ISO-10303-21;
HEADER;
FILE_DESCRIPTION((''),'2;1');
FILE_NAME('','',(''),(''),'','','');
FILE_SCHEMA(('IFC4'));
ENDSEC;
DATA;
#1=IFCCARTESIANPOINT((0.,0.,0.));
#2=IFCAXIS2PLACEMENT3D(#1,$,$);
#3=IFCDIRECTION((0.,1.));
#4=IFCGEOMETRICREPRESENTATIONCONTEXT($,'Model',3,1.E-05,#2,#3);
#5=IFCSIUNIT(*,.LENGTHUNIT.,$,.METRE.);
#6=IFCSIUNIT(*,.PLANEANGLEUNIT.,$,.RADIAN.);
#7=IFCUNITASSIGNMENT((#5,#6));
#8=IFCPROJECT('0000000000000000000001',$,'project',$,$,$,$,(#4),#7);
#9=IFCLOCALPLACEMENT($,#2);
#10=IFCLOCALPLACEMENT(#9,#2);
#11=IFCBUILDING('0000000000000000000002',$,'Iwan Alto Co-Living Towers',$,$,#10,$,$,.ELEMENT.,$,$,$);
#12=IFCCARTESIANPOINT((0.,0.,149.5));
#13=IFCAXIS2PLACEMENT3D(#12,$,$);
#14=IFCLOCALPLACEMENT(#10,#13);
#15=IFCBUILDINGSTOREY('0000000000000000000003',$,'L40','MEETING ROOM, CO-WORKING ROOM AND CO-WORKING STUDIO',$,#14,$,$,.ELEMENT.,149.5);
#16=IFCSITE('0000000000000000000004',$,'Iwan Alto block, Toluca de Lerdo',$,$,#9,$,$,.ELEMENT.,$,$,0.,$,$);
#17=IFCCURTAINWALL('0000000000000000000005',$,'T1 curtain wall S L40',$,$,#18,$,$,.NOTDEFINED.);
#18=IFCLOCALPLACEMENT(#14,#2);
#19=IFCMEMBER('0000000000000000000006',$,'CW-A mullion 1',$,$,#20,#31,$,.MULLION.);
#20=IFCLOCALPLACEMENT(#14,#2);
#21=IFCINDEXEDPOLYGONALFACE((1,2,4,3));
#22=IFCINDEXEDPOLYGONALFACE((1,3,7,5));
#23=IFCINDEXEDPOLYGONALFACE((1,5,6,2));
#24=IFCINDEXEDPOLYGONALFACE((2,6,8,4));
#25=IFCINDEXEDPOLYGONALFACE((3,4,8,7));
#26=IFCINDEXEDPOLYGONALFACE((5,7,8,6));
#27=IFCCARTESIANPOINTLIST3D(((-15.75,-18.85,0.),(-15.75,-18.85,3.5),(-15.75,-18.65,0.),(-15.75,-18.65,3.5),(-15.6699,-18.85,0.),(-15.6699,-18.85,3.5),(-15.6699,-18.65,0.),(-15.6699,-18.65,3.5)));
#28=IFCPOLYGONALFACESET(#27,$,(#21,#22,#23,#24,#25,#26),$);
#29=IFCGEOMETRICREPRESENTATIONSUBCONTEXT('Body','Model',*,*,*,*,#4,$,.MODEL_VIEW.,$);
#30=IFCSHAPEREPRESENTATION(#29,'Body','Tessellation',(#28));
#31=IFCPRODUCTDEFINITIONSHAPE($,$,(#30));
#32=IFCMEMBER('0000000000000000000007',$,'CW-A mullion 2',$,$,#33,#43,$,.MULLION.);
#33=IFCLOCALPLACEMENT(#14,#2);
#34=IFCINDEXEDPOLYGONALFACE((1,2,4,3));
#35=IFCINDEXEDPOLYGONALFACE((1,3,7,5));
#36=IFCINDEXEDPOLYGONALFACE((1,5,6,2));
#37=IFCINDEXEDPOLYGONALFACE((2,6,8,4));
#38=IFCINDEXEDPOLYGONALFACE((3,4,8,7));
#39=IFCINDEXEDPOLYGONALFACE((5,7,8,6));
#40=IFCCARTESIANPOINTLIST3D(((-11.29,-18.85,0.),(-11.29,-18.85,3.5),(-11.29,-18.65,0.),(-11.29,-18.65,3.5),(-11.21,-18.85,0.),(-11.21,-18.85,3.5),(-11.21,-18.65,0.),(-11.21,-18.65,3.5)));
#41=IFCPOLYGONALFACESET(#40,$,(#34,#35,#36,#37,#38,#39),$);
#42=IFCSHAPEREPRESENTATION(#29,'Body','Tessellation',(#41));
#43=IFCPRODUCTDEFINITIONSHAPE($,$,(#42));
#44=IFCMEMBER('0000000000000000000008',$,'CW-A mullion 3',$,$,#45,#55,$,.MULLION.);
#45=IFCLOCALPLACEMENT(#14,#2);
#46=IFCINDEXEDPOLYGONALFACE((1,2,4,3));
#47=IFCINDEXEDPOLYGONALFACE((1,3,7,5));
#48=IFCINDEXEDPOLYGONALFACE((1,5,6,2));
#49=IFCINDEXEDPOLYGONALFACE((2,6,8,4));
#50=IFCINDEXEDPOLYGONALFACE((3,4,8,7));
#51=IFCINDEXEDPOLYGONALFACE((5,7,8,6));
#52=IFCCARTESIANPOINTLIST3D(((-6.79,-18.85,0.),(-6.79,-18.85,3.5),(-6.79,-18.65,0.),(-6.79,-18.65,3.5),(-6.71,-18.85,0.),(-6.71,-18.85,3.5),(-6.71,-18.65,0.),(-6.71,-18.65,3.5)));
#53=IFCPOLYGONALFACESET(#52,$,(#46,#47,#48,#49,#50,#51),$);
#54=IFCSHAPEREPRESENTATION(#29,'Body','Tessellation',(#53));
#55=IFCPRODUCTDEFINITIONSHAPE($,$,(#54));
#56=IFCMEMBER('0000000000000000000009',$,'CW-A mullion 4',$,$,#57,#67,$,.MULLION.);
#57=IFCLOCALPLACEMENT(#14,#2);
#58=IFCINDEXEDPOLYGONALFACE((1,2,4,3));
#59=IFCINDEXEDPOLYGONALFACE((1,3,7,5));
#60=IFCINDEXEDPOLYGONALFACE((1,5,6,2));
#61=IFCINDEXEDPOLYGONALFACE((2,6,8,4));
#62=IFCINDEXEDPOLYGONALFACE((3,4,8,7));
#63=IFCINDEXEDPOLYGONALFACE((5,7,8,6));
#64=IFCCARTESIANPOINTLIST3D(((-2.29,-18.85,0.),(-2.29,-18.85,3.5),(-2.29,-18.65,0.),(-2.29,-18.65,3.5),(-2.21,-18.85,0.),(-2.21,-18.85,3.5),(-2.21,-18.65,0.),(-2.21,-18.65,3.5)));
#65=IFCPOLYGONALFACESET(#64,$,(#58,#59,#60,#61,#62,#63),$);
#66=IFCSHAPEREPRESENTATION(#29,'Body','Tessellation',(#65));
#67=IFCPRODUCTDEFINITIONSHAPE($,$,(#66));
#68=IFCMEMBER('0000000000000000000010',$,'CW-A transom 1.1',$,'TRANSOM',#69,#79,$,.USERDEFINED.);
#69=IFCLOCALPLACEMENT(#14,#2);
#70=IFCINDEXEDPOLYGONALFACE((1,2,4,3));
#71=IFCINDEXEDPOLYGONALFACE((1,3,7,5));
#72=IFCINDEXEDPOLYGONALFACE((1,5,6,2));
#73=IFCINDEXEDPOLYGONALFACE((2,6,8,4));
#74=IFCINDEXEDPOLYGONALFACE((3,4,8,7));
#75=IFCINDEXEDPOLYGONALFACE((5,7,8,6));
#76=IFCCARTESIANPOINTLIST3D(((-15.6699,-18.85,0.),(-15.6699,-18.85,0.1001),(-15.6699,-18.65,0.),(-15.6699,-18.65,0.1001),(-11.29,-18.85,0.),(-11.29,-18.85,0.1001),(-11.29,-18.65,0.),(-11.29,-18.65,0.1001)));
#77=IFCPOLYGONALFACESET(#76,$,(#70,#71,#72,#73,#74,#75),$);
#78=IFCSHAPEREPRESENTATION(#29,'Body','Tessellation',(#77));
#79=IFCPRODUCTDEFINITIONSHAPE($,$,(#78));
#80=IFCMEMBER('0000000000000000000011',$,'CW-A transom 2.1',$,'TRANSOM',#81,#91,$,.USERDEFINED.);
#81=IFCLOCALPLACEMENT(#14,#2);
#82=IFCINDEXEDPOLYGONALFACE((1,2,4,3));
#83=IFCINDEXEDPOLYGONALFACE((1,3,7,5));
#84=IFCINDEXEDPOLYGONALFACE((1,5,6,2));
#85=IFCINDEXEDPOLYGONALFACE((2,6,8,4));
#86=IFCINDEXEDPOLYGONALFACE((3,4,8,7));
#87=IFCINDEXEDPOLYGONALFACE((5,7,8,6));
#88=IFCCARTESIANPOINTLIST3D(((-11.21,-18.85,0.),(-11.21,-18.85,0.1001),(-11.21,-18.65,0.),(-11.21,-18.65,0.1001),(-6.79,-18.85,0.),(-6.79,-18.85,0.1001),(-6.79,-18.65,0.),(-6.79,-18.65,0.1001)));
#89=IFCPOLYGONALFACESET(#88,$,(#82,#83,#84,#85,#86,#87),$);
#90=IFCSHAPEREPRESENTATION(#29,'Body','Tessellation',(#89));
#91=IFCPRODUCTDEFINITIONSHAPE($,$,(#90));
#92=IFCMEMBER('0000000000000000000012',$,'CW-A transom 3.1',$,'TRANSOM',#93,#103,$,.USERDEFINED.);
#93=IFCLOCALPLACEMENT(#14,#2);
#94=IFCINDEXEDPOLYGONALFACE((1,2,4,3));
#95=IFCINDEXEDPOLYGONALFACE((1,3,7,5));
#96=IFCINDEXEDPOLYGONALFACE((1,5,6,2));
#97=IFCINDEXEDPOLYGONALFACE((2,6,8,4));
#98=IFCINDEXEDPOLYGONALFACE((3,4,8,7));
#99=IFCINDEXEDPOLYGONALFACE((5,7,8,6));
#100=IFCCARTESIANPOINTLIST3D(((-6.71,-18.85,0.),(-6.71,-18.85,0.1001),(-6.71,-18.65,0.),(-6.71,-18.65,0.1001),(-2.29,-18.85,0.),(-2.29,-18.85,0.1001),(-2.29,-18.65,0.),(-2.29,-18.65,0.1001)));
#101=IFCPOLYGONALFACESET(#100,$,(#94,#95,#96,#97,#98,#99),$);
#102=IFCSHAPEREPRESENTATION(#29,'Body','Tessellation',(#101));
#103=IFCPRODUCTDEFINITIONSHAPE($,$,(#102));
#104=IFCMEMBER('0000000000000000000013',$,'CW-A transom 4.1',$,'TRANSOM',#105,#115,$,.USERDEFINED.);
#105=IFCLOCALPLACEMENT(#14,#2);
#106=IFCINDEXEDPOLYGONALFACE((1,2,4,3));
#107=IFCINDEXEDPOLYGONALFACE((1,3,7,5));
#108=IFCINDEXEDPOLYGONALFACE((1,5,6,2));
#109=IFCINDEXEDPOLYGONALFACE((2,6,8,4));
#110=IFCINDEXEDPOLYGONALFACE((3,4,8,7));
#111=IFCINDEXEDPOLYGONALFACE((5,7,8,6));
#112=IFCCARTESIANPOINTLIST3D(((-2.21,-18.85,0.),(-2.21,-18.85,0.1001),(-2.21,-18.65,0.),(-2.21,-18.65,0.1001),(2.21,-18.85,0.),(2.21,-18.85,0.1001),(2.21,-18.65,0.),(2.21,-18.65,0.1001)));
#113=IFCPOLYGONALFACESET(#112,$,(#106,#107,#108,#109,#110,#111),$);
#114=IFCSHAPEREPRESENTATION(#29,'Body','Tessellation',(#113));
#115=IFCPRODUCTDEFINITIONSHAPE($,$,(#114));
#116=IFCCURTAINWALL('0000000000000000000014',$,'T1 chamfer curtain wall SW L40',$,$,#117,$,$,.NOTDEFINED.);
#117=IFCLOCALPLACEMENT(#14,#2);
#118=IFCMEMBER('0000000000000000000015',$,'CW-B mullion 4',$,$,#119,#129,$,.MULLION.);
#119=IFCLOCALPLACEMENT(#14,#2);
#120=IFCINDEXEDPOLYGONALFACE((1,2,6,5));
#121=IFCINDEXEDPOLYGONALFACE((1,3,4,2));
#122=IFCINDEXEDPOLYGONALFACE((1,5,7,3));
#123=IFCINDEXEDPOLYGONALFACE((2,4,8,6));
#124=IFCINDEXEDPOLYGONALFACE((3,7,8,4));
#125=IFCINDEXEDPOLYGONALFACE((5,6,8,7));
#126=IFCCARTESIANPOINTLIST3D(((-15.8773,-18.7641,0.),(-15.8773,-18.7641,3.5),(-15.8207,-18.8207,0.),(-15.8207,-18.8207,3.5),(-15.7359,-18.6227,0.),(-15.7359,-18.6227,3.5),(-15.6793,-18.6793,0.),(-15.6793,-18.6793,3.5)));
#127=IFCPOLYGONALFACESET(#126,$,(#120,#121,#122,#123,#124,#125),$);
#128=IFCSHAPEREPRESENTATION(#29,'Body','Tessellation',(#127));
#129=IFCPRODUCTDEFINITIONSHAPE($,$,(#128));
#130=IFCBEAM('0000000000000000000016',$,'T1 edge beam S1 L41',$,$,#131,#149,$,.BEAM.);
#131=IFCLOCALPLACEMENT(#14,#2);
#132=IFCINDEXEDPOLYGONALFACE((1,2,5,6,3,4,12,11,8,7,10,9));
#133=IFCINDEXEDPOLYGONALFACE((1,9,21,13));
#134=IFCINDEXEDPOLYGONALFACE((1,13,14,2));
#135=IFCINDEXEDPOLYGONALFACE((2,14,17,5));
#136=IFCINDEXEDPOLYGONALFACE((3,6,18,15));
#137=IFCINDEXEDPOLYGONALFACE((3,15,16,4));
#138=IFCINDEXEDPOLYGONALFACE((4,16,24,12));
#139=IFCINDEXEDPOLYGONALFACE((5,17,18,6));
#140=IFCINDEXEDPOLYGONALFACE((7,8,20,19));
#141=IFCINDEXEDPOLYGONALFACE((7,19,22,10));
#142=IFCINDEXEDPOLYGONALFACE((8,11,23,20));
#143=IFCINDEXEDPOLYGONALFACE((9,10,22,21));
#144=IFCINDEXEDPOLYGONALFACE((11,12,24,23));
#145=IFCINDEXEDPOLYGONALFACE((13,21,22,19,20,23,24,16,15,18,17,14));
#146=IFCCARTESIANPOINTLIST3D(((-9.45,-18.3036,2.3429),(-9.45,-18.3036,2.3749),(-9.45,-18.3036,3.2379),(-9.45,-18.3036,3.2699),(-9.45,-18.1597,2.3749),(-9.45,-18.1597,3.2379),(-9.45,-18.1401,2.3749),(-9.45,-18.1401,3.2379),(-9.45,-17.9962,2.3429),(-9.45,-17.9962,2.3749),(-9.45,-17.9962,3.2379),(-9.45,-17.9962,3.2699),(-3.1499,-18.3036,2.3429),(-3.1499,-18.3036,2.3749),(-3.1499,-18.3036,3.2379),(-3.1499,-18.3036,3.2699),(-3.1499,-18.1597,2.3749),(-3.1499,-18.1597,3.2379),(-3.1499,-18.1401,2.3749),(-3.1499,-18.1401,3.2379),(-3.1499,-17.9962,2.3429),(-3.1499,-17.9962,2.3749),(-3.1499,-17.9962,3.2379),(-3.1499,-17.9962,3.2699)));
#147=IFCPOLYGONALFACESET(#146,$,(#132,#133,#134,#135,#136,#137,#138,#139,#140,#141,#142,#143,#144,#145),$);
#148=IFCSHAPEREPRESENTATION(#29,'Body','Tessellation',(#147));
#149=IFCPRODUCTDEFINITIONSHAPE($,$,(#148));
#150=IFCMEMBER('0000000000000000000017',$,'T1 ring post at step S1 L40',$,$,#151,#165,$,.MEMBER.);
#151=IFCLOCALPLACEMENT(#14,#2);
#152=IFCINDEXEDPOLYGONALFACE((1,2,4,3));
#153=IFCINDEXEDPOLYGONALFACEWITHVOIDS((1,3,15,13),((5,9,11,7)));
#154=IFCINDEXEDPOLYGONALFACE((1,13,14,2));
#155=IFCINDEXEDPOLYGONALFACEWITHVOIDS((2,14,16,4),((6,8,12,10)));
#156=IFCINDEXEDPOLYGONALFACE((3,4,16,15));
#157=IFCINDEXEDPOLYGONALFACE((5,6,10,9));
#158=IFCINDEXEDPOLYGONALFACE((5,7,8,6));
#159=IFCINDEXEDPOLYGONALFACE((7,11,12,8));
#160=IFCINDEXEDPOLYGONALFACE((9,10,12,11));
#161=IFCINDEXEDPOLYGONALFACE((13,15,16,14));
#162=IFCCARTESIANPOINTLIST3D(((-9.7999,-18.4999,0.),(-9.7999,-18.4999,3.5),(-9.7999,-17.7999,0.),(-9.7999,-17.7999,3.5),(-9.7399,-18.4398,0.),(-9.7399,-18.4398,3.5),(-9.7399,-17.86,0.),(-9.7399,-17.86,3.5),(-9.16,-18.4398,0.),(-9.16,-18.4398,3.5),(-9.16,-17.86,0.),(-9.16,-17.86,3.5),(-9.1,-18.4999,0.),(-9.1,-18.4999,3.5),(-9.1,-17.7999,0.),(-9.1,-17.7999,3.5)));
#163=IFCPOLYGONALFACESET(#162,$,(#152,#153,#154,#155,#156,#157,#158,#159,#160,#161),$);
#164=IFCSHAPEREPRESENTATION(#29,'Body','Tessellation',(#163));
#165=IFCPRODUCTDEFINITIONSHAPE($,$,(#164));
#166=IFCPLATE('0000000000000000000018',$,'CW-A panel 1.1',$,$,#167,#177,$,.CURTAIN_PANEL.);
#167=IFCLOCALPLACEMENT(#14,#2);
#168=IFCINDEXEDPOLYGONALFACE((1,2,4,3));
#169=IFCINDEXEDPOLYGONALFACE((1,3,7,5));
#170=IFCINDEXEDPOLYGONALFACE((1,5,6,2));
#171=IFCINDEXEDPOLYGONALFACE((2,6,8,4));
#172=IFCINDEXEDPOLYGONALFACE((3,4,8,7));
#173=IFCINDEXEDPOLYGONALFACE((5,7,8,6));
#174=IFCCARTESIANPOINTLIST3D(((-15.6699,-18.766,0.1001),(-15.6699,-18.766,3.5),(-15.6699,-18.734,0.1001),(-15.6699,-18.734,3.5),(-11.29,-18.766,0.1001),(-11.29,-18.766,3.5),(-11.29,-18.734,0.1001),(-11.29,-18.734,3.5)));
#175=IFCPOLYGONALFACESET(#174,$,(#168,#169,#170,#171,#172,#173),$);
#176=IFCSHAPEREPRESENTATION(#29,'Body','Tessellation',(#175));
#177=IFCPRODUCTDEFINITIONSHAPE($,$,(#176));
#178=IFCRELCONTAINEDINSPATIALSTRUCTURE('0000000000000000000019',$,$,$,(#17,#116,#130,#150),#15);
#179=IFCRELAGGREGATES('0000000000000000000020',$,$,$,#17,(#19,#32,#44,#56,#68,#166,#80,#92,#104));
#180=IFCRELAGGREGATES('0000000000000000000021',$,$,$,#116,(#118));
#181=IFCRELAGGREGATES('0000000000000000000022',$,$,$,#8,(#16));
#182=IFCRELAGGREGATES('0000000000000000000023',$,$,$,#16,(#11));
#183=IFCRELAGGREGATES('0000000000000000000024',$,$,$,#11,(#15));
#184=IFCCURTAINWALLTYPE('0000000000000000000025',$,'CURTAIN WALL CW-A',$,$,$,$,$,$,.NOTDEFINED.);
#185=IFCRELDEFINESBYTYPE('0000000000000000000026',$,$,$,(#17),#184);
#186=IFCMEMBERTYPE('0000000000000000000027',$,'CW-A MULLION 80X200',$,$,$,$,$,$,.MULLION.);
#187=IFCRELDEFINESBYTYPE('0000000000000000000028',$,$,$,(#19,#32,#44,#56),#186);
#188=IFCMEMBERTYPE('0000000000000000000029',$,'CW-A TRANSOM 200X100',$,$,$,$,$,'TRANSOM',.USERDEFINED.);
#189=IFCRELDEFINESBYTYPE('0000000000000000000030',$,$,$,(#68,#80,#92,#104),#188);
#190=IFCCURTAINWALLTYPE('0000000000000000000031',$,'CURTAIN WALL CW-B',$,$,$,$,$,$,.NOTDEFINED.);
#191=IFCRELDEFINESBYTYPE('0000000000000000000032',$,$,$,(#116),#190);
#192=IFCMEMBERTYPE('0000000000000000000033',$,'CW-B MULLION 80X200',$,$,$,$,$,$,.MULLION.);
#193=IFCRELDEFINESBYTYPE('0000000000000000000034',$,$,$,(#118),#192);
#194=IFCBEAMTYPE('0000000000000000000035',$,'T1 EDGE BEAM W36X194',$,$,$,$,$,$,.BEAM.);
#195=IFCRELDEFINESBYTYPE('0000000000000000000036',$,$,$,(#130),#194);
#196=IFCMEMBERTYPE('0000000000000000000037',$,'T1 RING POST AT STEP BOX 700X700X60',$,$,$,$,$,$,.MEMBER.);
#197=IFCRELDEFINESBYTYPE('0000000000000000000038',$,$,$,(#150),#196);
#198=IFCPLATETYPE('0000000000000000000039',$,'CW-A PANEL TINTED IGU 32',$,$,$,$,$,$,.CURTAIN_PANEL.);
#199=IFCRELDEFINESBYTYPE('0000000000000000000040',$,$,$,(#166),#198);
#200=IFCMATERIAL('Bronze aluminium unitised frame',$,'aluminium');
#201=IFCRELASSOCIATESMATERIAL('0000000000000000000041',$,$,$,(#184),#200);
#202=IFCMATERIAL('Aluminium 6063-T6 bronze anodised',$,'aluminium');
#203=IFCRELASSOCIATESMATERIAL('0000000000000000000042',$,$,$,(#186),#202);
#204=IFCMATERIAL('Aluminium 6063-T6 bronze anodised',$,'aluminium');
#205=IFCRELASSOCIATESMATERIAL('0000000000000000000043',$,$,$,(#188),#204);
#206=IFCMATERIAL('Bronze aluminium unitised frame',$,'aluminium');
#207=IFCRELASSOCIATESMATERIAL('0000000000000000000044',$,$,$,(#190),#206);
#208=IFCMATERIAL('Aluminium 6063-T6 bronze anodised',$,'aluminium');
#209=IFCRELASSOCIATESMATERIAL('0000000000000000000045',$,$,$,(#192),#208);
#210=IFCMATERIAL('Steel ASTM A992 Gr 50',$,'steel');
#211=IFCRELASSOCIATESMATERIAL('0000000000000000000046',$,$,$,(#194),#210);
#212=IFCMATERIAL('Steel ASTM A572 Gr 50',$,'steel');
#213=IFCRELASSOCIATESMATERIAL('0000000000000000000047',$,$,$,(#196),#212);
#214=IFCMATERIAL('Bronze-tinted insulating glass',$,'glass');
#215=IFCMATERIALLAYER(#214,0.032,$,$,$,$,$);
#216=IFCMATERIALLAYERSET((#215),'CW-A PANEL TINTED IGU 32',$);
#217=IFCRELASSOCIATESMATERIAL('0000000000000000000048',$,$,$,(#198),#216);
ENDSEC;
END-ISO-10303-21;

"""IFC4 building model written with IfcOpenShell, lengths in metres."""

from ifc_helpers import new_model, si_unit, direction, frame, origin, origin_2d, place, context, subcontext, project, spatial, rectangle, hollow_rectangle, i_section, extrude, material, layer, layer_set, material_profile, profile_set, type_object, element, aggregate, save


model = new_model("IFC4")

# Units and contexts
model_context = context("Model", 3, precision=1e-05, world=origin(), true_north=direction((0.0, 1.0)))
body_context = subcontext(model_context, "Body", "Model", "MODEL_VIEW")
ifc_project = project(units=[si_unit("LENGTHUNIT", "METRE"), si_unit("PLANEANGLEUNIT", "RADIAN")], contexts=[model_context])

# Site, building, storey
site_placement = place(None, origin())
site = spatial("IfcSite", under=ifc_project, at=site_placement, Name="Iwan Alto block, Toluca de Lerdo", CompositionType="ELEMENT", RefElevation=0.0)
building_placement = place(site_placement, origin())
building = spatial("IfcBuilding", under=site, at=building_placement, Name="Iwan Alto Co-Living Towers", CompositionType="ELEMENT")
storey_placement = place(building_placement, frame((0.0, 0.0, 149.5)))
storey = spatial("IfcBuildingStorey", under=building, at=storey_placement, Name="L40", Description="MEETING ROOM, CO-WORKING ROOM AND CO-WORKING STUDIO", CompositionType="ELEMENT", Elevation=149.5)

# Curtain wall, members
ifc_material_1 = material(Name="Bronze aluminium unitised frame", Category="aluminium")
curtain_wall_type_1 = type_object("IfcCurtainWallType", Name="CURTAIN WALL CW-A", PredefinedType="NOTDEFINED", material=ifc_material_1)
curtain_wall_1_placement = place(storey_placement, origin())
curtain_wall_1 = element("IfcCurtainWall", 1, at=curtain_wall_1_placement, inside=storey, type_object=curtain_wall_type_1, Name="T1 curtain wall S L40", PredefinedType="NOTDEFINED")
ifc_material_2 = material(Name="Aluminium 6063-T6 bronze anodised", Category="aluminium")
ifc_material_profile_1 = material_profile(ifc_material_2, rectangle(XDim=0.2, YDim=0.0801, at=origin_2d()), Name="AL 80X200")
ifc_profile_set_1 = profile_set([ifc_material_profile_1], Name="Aluminium 6063-T6 bronze anodised")
member_type_1 = type_object("IfcMemberType", Name="CW-A MULLION 80X200", PredefinedType="MULLION", material=ifc_profile_set_1)
member_1_placement = place(storey_placement, frame((-15.71, -18.75, 0.0), z_axis=(0.0, 0.0, 1.0), x_axis=(0.0, 1.0, 0.0)))
member_1 = element("IfcMember", 2, at=member_1_placement, type_object=member_type_1, Name="CW-A mullion 1", PredefinedType="MULLION", context=body_context, shape_type="SweptSolid", body=[
    extrude(rectangle(XDim=0.2, YDim=0.0801, at=origin_2d()), origin(), (0.0, 0.0, 1.0), 3.5),
])
member_2_placement = place(storey_placement, frame((-11.25, -18.75, 0.0), z_axis=(0.0, 0.0, 1.0), x_axis=(0.0, 1.0, 0.0)))
member_2 = element("IfcMember", 3, at=member_2_placement, type_object=member_type_1, Name="CW-A mullion 2", PredefinedType="MULLION", context=body_context, shape_type="SweptSolid", body=[
    extrude(rectangle(XDim=0.2, YDim=0.0801, at=origin_2d()), origin(), (0.0, 0.0, 1.0), 3.5),
])
member_3_placement = place(storey_placement, frame((-6.75, -18.75, 0.0), z_axis=(0.0, 0.0, 1.0), x_axis=(0.0, 1.0, 0.0)))
member_3 = element("IfcMember", 4, at=member_3_placement, type_object=member_type_1, Name="CW-A mullion 3", PredefinedType="MULLION", context=body_context, shape_type="SweptSolid", body=[
    extrude(rectangle(XDim=0.2, YDim=0.0801, at=origin_2d()), origin(), (0.0, 0.0, 1.0), 3.5),
])
member_4_placement = place(storey_placement, frame((-2.25, -18.75, 0.0), z_axis=(0.0, 0.0, 1.0), x_axis=(0.0, 1.0, 0.0)))
member_4 = element("IfcMember", 5, at=member_4_placement, type_object=member_type_1, Name="CW-A mullion 4", PredefinedType="MULLION", context=body_context, shape_type="SweptSolid", body=[
    extrude(rectangle(XDim=0.2, YDim=0.0801, at=origin_2d()), origin(), (0.0, 0.0, 1.0), 3.5),
])
ifc_material_3 = material(Name="Aluminium 6063-T6 bronze anodised", Category="aluminium")
ifc_material_profile_2 = material_profile(ifc_material_3, rectangle(XDim=0.2, YDim=0.1001, at=origin_2d()), Name="AL 200X100")
ifc_profile_set_2 = profile_set([ifc_material_profile_2], Name="Aluminium 6063-T6 bronze anodised")
member_type_2 = type_object("IfcMemberType", Name="CW-A TRANSOM 200X100", ElementType="TRANSOM", PredefinedType="USERDEFINED", material=ifc_profile_set_2)
member_5_placement = place(storey_placement, frame((-15.6699, -18.75, 0.05), z_axis=(1.0, 0.0, 0.0), x_axis=(0.0, 1.0, 0.0)))
member_5 = element("IfcMember", 6, at=member_5_placement, type_object=member_type_2, Name="CW-A transom 1.1", ObjectType="TRANSOM", PredefinedType="USERDEFINED", context=body_context, shape_type="SweptSolid", body=[
    extrude(rectangle(XDim=0.2, YDim=0.1001, at=origin_2d()), origin(), (0.0, 0.0, 1.0), 4.3799),
])
member_6_placement = place(storey_placement, frame((-11.21, -18.75, 0.05), z_axis=(1.0, 0.0, 0.0), x_axis=(0.0, 1.0, 0.0)))
member_6 = element("IfcMember", 7, at=member_6_placement, type_object=member_type_2, Name="CW-A transom 2.1", ObjectType="TRANSOM", PredefinedType="USERDEFINED", context=body_context, shape_type="SweptSolid", body=[
    extrude(rectangle(XDim=0.2, YDim=0.1001, at=origin_2d()), origin(), (0.0, 0.0, 1.0), 4.4199),
])
member_7_placement = place(storey_placement, frame((-6.71, -18.75, 0.05), z_axis=(1.0, 0.0, 0.0), x_axis=(0.0, 1.0, 0.0)))
member_7 = element("IfcMember", 8, at=member_7_placement, type_object=member_type_2, Name="CW-A transom 3.1", ObjectType="TRANSOM", PredefinedType="USERDEFINED", context=body_context, shape_type="SweptSolid", body=[
    extrude(rectangle(XDim=0.2, YDim=0.1001, at=origin_2d()), origin(), (0.0, 0.0, 1.0), 4.4199),
])
member_8_placement = place(storey_placement, frame((-2.21, -18.75, 0.05), z_axis=(1.0, 0.0, 0.0), x_axis=(0.0, 1.0, 0.0)))
member_8 = element("IfcMember", 9, at=member_8_placement, type_object=member_type_2, Name="CW-A transom 4.1", ObjectType="TRANSOM", PredefinedType="USERDEFINED", context=body_context, shape_type="SweptSolid", body=[
    extrude(rectangle(XDim=0.2, YDim=0.1001, at=origin_2d()), origin(), (0.0, 0.0, 1.0), 4.4199),
])

# Curtain wall, member
ifc_material_4 = material(Name="Bronze aluminium unitised frame", Category="aluminium")
curtain_wall_type_2 = type_object("IfcCurtainWallType", Name="CURTAIN WALL CW-B", PredefinedType="NOTDEFINED", material=ifc_material_4)
curtain_wall_2_placement = place(storey_placement, origin())
curtain_wall_2 = element("IfcCurtainWall", 10, at=curtain_wall_2_placement, inside=storey, type_object=curtain_wall_type_2, Name="T1 chamfer curtain wall SW L40", PredefinedType="NOTDEFINED")
ifc_material_5 = material(Name="Aluminium 6063-T6 bronze anodised", Category="aluminium")
ifc_material_profile_3 = material_profile(ifc_material_5, rectangle(XDim=0.2, YDim=0.0801, at=origin_2d()), Name="AL 80X200")
ifc_profile_set_3 = profile_set([ifc_material_profile_3], Name="Aluminium 6063-T6 bronze anodised")
member_type_3 = type_object("IfcMemberType", Name="CW-B MULLION 80X200", PredefinedType="MULLION", material=ifc_profile_set_3)
member_9_placement = place(storey_placement, frame((-15.7783, -18.7217, 0.0), z_axis=(0.0, 0.0, 1.0), x_axis=(0.707107, 0.707107, 0.0)))
member_9 = element("IfcMember", 11, at=member_9_placement, type_object=member_type_3, Name="CW-B mullion 4", PredefinedType="MULLION", context=body_context, shape_type="SweptSolid", body=[
    extrude(rectangle(XDim=0.2, YDim=0.0801, at=origin_2d()), origin(), (0.0, 0.0, 1.0), 3.5),
])

# Beam
ifc_material_6 = material(Name="Steel ASTM A992 Gr 50", Category="steel")
ifc_material_profile_4 = material_profile(ifc_material_6, i_section(OverallWidth=0.3074, OverallDepth=0.927, WebThickness=0.0195, FlangeThickness=0.032, at=origin_2d()), Name="W36X194")
ifc_profile_set_4 = profile_set([ifc_material_profile_4], Name="Steel ASTM A992 Gr 50")
beam_type = type_object("IfcBeamType", Name="T1 EDGE BEAM W36X194", PredefinedType="BEAM", material=ifc_profile_set_4)
beam_placement = place(storey_placement, frame((-9.45, -18.1499, 2.8064), z_axis=(1.0, 0.0, 0.0), x_axis=(0.0, 1.0, 0.0)))
element("IfcBeam", 12, at=beam_placement, inside=storey, type_object=beam_type, Name="T1 edge beam S1 L41", PredefinedType="BEAM", context=body_context, shape_type="SweptSolid", body=[
    extrude(i_section(OverallWidth=0.3074, OverallDepth=0.927, WebThickness=0.0195, FlangeThickness=0.032, at=origin_2d()), origin(), (0.0, 0.0, 1.0), 6.3),
])

# Member
ifc_material_7 = material(Name="Steel ASTM A572 Gr 50", Category="steel")
ifc_material_profile_5 = material_profile(ifc_material_7, hollow_rectangle(XDim=0.7, YDim=0.7, WallThickness=0.0601, at=origin_2d()), Name="BOX 700X700X60")
ifc_profile_set_5 = profile_set([ifc_material_profile_5], Name="Steel ASTM A572 Gr 50")
member_type_4 = type_object("IfcMemberType", Name="T1 RING POST AT STEP BOX 700X700X60", PredefinedType="MEMBER", material=ifc_profile_set_5)
member_10_placement = place(storey_placement, frame((-9.45, -18.1499, 0.0), z_axis=(0.0, 0.0, 1.0), x_axis=(1.0, 0.0, 0.0)))
element("IfcMember", 13, at=member_10_placement, inside=storey, type_object=member_type_4, Name="T1 ring post at step S1 L40", PredefinedType="MEMBER", context=body_context, shape_type="SweptSolid", body=[
    extrude(hollow_rectangle(XDim=0.7, YDim=0.7, WallThickness=0.0601, at=origin_2d()), origin(), (0.0, 0.0, 1.0), 3.5),
])

# Plate
ifc_material_8 = material(Name="Bronze-tinted insulating glass", Category="glass")
ifc_layer_1 = layer(ifc_material_8, 0.032)
ifc_layer_set_1 = layer_set([ifc_layer_1], Name="CW-A PANEL TINTED IGU 32")
plate_type_1 = type_object("IfcPlateType", Name="CW-A PANEL TINTED IGU 32", PredefinedType="CURTAIN_PANEL", material=ifc_layer_set_1)
plate_1_placement = place(storey_placement, frame((-13.48, -18.75, 0.1001), z_axis=(0.0, 0.0, 1.0), x_axis=(1.0, 0.0, 0.0)))
plate_1 = element("IfcPlate", 14, at=plate_1_placement, type_object=plate_type_1, Name="CW-A panel 1.1", PredefinedType="CURTAIN_PANEL", context=body_context, shape_type="SweptSolid", body=[
    extrude(rectangle(XDim=4.3799, YDim=0.032, at=origin_2d()), origin(), (0.0, 0.0, 1.0), 3.3999),
])
aggregate(curtain_wall_1, [member_1, member_2, member_3, member_4, member_5, plate_1, member_6, member_7, member_8])
aggregate(curtain_wall_2, [member_9])

save(model, "model.ifc")
